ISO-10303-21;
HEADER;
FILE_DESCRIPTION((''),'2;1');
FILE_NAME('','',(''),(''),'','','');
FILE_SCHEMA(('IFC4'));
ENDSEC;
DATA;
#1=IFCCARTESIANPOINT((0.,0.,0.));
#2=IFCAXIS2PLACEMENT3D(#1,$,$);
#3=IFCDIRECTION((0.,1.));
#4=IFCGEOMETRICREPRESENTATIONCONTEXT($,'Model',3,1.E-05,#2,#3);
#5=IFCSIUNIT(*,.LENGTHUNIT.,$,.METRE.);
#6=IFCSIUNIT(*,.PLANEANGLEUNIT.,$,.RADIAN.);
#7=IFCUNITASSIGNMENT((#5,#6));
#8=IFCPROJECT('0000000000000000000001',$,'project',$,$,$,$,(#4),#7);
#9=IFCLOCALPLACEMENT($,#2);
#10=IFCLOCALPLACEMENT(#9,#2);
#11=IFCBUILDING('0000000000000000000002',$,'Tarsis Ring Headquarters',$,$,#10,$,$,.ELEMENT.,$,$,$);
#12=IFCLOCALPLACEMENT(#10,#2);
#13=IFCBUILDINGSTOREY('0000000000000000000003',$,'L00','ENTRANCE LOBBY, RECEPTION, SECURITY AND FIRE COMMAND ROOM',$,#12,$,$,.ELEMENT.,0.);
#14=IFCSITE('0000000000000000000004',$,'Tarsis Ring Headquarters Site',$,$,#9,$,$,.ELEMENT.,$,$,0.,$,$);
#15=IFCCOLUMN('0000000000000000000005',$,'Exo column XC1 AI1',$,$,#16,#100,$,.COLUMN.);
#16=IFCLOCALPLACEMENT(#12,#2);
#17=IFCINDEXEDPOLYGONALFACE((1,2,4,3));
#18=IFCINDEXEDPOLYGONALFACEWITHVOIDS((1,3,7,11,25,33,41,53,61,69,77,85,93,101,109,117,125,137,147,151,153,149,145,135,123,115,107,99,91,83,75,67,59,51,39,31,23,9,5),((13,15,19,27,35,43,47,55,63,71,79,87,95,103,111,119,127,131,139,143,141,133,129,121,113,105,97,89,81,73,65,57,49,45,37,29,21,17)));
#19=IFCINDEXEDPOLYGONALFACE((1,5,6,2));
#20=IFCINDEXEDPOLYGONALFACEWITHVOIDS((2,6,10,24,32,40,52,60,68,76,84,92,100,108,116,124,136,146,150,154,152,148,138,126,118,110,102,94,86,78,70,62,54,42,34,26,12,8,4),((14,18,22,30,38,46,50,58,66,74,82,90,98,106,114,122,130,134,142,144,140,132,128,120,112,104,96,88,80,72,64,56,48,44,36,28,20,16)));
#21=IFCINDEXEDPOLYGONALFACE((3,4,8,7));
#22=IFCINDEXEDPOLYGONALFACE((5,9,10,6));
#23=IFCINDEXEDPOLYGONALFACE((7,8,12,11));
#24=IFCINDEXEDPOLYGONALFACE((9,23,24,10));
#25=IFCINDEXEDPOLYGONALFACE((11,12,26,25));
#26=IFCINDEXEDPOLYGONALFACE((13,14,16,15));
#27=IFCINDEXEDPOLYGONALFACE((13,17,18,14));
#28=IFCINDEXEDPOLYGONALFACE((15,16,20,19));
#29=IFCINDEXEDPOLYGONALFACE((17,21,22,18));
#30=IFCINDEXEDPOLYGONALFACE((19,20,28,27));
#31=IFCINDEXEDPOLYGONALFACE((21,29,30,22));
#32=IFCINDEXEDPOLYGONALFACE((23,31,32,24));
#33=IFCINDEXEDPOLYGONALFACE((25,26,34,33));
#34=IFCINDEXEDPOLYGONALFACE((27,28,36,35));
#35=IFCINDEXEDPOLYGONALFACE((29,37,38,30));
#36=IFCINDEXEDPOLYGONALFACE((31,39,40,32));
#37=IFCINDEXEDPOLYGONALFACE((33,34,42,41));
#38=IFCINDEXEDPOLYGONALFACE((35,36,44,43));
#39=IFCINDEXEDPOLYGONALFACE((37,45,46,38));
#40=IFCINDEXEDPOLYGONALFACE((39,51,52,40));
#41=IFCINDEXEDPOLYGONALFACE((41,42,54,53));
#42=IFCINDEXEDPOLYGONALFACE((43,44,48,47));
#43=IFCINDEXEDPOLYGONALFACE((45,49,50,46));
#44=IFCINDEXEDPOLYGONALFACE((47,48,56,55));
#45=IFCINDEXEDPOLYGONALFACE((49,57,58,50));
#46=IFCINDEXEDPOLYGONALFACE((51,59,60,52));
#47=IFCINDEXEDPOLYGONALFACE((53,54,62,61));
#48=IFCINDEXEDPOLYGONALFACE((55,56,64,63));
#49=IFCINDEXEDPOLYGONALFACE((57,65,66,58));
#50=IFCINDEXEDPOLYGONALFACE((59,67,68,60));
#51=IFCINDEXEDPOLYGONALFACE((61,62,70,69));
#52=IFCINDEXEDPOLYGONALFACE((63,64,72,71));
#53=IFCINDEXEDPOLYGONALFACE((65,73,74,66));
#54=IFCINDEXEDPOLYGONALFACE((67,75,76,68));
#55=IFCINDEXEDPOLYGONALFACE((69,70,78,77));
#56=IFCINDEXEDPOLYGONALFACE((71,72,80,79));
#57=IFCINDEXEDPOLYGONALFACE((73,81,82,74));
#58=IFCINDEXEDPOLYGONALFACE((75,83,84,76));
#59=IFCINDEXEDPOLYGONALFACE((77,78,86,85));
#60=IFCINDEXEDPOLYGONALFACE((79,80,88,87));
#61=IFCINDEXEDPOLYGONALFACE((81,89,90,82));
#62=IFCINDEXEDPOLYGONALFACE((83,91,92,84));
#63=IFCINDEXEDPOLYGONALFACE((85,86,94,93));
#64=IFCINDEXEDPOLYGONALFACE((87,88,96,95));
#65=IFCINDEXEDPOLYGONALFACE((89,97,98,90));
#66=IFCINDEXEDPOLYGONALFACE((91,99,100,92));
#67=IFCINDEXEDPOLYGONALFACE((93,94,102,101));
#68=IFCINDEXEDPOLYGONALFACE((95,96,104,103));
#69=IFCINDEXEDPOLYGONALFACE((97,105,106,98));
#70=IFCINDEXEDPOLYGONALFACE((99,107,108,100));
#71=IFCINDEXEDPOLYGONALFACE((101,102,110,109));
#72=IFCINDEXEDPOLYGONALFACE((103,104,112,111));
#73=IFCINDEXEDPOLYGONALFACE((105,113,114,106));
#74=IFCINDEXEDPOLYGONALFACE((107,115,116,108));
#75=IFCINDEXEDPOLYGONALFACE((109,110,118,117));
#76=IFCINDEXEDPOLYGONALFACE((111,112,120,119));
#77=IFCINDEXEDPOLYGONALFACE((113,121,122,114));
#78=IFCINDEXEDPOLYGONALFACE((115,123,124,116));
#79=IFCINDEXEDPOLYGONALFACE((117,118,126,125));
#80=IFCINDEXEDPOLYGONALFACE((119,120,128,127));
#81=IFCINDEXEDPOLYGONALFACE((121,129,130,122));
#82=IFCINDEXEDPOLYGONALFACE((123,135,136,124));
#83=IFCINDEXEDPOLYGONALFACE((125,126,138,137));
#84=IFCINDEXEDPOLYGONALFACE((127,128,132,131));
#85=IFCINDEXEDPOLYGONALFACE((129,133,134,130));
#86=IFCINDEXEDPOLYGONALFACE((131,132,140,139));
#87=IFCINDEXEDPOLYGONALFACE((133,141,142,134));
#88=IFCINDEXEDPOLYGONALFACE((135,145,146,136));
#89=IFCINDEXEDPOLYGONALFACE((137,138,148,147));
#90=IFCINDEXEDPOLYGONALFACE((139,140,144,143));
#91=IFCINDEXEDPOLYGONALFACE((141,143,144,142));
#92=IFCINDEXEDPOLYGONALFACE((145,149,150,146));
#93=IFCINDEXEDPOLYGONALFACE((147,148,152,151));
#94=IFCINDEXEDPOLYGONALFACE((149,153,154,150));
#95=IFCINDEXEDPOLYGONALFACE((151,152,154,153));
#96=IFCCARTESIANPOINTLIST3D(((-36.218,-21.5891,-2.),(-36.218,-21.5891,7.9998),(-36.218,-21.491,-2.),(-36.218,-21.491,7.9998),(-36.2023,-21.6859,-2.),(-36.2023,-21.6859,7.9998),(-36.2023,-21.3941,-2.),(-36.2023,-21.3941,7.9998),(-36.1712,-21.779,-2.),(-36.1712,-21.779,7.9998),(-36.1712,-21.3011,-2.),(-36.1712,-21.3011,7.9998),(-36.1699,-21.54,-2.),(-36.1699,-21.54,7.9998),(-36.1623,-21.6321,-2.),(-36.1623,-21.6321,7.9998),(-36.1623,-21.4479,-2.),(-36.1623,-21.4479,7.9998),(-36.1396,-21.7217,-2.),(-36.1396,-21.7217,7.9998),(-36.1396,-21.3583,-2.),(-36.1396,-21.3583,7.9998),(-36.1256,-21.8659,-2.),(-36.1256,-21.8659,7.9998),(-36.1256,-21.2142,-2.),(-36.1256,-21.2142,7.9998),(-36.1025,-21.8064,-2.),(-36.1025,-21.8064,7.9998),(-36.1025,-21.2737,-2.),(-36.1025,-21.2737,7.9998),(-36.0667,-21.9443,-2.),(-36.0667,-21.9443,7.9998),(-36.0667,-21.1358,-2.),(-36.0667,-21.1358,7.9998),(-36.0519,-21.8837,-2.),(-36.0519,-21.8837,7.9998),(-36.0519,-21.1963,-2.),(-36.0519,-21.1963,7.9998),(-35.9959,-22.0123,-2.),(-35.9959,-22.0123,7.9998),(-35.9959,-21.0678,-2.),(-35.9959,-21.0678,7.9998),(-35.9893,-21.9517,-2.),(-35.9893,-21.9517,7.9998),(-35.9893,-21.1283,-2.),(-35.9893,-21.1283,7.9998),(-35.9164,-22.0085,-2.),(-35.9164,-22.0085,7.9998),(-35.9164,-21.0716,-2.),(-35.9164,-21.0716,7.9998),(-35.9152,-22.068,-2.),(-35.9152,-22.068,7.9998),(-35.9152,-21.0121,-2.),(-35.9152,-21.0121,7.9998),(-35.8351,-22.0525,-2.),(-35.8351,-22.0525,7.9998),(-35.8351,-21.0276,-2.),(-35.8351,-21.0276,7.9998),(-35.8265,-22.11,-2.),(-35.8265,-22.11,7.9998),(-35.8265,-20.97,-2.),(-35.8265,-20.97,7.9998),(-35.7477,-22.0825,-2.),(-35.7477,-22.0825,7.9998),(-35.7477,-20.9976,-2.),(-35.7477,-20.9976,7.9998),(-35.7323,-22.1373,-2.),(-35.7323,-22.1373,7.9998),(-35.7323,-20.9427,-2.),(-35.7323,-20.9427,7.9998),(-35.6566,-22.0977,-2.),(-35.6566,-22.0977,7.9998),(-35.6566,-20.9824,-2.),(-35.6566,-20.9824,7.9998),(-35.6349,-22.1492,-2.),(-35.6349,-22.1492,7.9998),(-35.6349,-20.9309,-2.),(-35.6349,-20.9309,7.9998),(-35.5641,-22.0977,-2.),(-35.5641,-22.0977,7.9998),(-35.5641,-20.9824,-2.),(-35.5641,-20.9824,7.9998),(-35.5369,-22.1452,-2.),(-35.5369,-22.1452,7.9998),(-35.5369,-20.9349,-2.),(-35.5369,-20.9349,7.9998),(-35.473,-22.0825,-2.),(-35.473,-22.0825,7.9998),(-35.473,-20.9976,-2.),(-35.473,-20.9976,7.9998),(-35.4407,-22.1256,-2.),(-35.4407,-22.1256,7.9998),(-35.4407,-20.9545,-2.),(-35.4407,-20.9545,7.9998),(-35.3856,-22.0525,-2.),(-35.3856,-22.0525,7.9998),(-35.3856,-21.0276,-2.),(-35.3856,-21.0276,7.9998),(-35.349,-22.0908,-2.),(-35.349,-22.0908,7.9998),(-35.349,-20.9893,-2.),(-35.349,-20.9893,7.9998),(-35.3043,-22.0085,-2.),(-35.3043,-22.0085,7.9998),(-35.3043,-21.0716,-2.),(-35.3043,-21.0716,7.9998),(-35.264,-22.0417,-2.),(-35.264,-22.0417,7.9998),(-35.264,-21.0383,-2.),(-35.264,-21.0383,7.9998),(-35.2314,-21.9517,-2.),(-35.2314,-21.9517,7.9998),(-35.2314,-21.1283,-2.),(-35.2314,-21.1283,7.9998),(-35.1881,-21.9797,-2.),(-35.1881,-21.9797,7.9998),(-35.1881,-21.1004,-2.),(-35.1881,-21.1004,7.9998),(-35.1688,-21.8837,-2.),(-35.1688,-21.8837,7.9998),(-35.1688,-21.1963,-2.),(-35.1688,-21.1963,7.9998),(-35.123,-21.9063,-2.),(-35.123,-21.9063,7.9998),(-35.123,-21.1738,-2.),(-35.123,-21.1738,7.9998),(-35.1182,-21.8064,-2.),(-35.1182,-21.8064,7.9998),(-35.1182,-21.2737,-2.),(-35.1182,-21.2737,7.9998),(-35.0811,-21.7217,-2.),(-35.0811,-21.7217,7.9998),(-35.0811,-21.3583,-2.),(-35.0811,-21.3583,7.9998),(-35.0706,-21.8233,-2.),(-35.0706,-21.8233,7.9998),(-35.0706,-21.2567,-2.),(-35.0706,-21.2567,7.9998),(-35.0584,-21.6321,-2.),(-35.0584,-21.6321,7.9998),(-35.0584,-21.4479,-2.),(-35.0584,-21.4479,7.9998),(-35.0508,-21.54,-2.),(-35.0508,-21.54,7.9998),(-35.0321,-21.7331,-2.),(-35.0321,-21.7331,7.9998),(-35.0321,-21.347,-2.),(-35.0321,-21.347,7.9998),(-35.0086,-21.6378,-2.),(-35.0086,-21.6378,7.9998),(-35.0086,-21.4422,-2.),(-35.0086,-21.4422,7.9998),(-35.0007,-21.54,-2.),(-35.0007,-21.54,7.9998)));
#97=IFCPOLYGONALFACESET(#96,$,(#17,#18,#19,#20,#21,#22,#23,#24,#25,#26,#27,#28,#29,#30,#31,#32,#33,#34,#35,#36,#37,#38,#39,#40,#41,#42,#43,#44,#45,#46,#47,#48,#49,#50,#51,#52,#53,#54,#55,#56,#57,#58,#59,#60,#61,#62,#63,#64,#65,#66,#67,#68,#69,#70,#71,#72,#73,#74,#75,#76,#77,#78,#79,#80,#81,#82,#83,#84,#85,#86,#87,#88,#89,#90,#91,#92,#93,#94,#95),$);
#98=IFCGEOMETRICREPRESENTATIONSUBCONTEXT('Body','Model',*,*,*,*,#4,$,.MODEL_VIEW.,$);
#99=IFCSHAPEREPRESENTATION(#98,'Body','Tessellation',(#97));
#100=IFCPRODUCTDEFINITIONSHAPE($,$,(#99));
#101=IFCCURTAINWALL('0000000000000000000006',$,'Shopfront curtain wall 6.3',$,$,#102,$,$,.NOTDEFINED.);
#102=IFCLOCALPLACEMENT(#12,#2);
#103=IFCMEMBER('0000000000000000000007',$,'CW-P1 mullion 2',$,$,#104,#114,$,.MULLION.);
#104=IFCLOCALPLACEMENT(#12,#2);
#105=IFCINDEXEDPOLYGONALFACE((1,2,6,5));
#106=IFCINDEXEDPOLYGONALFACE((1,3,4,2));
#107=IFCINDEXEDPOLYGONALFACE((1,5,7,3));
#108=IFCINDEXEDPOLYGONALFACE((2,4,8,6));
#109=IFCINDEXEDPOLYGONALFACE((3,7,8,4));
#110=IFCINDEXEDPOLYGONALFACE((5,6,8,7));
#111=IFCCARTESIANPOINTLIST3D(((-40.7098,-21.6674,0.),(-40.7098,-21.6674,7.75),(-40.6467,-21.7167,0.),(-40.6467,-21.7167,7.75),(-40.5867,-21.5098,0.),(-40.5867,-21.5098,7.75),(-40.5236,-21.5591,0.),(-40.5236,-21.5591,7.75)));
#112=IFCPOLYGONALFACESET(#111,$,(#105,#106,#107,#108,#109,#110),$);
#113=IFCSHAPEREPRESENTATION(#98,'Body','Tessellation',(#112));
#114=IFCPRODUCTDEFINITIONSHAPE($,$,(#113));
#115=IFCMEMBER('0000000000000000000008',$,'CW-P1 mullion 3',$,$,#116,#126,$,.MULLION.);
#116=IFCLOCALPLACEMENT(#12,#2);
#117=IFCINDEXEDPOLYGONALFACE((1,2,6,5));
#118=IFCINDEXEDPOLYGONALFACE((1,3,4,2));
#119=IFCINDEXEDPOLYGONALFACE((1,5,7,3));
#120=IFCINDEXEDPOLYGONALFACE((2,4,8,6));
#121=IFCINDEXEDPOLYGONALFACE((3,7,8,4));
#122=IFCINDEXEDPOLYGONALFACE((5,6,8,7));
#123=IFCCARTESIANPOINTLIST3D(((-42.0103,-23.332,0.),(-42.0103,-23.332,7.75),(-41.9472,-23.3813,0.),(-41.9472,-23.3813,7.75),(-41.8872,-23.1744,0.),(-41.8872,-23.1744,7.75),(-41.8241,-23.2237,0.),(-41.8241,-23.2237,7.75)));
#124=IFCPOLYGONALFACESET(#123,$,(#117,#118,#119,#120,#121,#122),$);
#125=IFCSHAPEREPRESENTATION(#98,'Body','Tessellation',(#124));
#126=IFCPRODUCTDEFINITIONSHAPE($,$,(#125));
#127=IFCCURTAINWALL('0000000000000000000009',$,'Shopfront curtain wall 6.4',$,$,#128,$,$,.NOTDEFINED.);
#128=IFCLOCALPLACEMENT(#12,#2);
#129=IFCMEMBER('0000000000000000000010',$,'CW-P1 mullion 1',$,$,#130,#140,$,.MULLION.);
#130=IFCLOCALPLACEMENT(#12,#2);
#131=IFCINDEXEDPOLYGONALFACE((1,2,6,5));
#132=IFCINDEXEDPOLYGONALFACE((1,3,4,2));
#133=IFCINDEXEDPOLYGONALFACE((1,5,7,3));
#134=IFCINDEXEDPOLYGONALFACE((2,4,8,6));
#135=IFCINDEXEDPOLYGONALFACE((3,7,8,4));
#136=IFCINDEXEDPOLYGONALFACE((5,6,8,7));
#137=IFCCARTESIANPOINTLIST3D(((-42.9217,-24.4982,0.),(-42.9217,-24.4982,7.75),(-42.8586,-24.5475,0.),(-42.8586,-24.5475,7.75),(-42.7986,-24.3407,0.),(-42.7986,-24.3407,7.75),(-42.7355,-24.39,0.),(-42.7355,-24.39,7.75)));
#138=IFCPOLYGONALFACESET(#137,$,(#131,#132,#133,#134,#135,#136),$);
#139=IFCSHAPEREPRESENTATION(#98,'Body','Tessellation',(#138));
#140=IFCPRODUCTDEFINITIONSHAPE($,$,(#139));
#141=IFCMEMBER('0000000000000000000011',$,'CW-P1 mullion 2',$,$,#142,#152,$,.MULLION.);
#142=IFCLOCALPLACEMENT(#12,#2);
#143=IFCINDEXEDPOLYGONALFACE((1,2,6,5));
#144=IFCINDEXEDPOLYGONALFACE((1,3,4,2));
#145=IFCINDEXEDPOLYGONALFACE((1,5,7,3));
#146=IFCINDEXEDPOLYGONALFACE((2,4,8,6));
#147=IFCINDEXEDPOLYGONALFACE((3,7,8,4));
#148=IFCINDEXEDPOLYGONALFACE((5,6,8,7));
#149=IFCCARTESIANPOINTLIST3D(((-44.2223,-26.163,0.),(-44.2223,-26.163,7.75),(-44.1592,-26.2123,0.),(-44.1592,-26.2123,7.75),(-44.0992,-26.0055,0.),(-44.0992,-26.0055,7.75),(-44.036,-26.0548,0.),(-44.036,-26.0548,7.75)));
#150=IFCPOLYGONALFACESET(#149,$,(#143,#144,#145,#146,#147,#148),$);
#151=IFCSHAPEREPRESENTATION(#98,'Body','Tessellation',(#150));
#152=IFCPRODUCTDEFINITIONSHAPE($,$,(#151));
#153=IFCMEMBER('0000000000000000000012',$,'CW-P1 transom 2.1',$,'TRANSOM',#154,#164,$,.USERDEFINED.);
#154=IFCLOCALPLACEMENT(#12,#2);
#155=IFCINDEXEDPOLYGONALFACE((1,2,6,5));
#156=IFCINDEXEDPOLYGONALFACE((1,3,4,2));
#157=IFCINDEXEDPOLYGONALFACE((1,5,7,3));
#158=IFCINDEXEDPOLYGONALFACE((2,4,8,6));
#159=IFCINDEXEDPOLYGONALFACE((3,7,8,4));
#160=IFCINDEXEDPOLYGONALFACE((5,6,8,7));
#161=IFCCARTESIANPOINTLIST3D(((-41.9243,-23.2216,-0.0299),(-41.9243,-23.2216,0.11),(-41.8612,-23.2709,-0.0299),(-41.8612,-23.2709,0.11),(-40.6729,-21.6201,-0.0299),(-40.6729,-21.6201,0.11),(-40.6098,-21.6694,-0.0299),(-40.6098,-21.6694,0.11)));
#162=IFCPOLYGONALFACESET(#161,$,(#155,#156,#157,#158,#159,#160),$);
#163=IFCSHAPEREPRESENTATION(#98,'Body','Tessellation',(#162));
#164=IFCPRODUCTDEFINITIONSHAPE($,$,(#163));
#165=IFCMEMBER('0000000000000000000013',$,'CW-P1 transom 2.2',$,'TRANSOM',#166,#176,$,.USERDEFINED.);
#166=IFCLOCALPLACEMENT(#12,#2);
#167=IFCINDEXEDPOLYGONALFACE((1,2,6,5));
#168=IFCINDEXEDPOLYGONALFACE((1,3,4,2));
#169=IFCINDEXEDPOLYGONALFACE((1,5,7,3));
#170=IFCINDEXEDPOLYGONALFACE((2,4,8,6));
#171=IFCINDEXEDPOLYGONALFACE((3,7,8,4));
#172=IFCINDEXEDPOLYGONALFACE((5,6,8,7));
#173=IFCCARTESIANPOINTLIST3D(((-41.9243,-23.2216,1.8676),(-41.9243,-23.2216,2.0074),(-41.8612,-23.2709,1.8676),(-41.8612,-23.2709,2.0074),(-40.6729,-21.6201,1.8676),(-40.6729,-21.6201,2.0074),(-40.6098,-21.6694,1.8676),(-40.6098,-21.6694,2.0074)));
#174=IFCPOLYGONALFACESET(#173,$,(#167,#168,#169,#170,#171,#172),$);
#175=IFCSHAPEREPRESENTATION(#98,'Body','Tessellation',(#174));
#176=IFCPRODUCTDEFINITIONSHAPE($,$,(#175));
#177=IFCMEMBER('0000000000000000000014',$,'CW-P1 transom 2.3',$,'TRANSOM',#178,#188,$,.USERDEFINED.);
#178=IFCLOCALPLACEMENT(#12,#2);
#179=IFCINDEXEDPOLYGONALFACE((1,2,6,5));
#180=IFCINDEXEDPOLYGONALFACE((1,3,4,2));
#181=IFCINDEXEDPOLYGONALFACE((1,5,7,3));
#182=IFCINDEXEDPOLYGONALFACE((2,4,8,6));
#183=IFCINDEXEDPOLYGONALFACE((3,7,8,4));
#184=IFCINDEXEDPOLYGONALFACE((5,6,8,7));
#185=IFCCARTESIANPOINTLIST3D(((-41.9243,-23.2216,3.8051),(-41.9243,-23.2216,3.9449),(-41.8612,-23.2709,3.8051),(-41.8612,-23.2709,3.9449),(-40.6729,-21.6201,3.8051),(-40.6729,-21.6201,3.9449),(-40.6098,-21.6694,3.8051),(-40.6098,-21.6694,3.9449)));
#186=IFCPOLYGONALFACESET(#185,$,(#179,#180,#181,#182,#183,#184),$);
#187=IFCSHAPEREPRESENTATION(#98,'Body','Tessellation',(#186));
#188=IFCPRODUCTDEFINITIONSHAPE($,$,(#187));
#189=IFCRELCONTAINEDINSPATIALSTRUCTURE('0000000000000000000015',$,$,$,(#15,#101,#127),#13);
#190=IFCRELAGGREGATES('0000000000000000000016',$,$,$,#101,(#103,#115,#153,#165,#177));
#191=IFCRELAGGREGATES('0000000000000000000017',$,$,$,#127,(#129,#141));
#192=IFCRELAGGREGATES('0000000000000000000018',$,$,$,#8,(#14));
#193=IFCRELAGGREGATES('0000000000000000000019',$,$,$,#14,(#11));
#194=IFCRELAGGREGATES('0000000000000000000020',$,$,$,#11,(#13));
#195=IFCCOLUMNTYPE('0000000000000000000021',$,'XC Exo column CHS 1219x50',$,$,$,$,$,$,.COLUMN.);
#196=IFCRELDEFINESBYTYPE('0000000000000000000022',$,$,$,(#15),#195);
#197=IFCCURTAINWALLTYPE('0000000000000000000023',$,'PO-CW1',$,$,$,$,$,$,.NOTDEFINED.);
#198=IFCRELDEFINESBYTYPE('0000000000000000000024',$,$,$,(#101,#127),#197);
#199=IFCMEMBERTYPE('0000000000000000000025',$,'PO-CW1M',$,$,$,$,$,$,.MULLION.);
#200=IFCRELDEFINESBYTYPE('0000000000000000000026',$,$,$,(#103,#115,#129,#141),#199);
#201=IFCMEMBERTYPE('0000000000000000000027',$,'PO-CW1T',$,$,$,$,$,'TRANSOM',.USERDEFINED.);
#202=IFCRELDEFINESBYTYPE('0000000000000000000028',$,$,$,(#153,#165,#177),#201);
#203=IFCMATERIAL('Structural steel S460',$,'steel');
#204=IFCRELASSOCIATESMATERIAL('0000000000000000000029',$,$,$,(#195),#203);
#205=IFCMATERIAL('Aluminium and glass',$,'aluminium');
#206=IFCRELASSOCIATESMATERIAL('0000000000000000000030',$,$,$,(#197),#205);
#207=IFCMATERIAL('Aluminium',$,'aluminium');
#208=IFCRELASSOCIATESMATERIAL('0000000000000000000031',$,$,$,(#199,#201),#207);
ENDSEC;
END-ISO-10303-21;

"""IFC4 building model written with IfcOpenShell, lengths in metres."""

from ifc_helpers import new_model, si_unit, direction, frame, origin, origin_2d, place, context, subcontext, project, spatial, rectangle, hollow_circle, extrude, material, material_profile, profile_set, type_object, element, aggregate, save


model = new_model("IFC4")

# Units and contexts
model_context = context("Model", 3, precision=1e-05, world=origin(), true_north=direction((0.0, 1.0)))
body_context = subcontext(model_context, "Body", "Model", "MODEL_VIEW")
ifc_project = project(units=[si_unit("LENGTHUNIT", "METRE"), si_unit("PLANEANGLEUNIT", "RADIAN")], contexts=[model_context])

# Site, building, storey
site_placement = place(None, origin())
site = spatial("IfcSite", under=ifc_project, at=site_placement, Name="Tarsis Ring Headquarters Site", CompositionType="ELEMENT", RefElevation=0.0)
building_placement = place(site_placement, origin())
building = spatial("IfcBuilding", under=site, at=building_placement, Name="Tarsis Ring Headquarters", CompositionType="ELEMENT")
storey_placement = place(building_placement, origin())
storey = spatial("IfcBuildingStorey", under=building, at=storey_placement, Name="L00", Description="ENTRANCE LOBBY, RECEPTION, SECURITY AND FIRE COMMAND ROOM", CompositionType="ELEMENT", Elevation=0.0)

# Column
ifc_material_1 = material(Name="Structural steel S460", Category="steel")
ifc_material_profile_1 = material_profile(ifc_material_1, hollow_circle(Radius=0.6096, WallThickness=0.05, at=origin_2d()), Name="CHS 1219x50")
ifc_profile_set_1 = profile_set([ifc_material_profile_1], Name="Structural steel S460")
column_type_1 = type_object("IfcColumnType", Name="XC Exo column CHS 1219x50", PredefinedType="COLUMN", material=ifc_profile_set_1)
column_1_placement = place(storey_placement, frame((-35.6104, -21.54, -2.0), z_axis=(0.0, 0.0, 1.0), x_axis=(1.0, 0.0, 0.0)))
element("IfcColumn", 1, at=column_1_placement, inside=storey, type_object=column_type_1, Name="Exo column XC1 AI1", PredefinedType="COLUMN", context=body_context, shape_type="SweptSolid", body=[
    extrude(hollow_circle(Radius=0.6096, WallThickness=0.05, at=origin_2d()), origin(), (0.0, 0.0, 1.0), 9.9998),
])

# Curtain walls, members
ifc_material_2 = material(Name="Aluminium and glass", Category="aluminium")
curtain_wall_type = type_object("IfcCurtainWallType", Name="PO-CW1", PredefinedType="NOTDEFINED", material=ifc_material_2)
curtain_wall_1_placement = place(storey_placement, origin())
curtain_wall_1 = element("IfcCurtainWall", 2, at=curtain_wall_1_placement, inside=storey, type_object=curtain_wall_type, Name="Shopfront curtain wall 6.3", PredefinedType="NOTDEFINED")
ifc_material_3 = material(Name="Aluminium", Category="aluminium")
ifc_material_profile_2 = material_profile(ifc_material_3, rectangle(XDim=0.0801, YDim=0.2, at=origin_2d()), Name="PO-CW1M")
ifc_profile_set_2 = profile_set([ifc_material_profile_2], Name="Aluminium")
member_type_1 = type_object("IfcMemberType", Name="PO-CW1M", PredefinedType="MULLION", material=ifc_profile_set_2)
member_1_placement = place(storey_placement, frame((-40.6167, -21.6133, 0.0), z_axis=(0.0, 0.0, 1.0), x_axis=(0.788011, -0.615662, 0.0)))
member_1 = element("IfcMember", 3, at=member_1_placement, type_object=member_type_1, Name="CW-P1 mullion 2", PredefinedType="MULLION", context=body_context, shape_type="SweptSolid", body=[
    extrude(rectangle(XDim=0.0801, YDim=0.2, at=origin_2d()), origin(), (0.0, 0.0, 1.0), 7.75),
])
member_2_placement = place(storey_placement, frame((-41.9172, -23.2778, 0.0), z_axis=(0.0, 0.0, 1.0), x_axis=(0.788011, -0.615662, 0.0)))
member_2 = element("IfcMember", 4, at=member_2_placement, type_object=member_type_1, Name="CW-P1 mullion 3", PredefinedType="MULLION", context=body_context, shape_type="SweptSolid", body=[
    extrude(rectangle(XDim=0.0801, YDim=0.2, at=origin_2d()), origin(), (0.0, 0.0, 1.0), 7.75),
])
curtain_wall_2_placement = place(storey_placement, origin())
curtain_wall_2 = element("IfcCurtainWall", 5, at=curtain_wall_2_placement, inside=storey, type_object=curtain_wall_type, Name="Shopfront curtain wall 6.4", PredefinedType="NOTDEFINED")
member_3_placement = place(storey_placement, frame((-42.8286, -24.4441, 0.0), z_axis=(0.0, 0.0, 1.0), x_axis=(0.788011, -0.615661, 0.0)))
member_3 = element("IfcMember", 6, at=member_3_placement, type_object=member_type_1, Name="CW-P1 mullion 1", PredefinedType="MULLION", context=body_context, shape_type="SweptSolid", body=[
    extrude(rectangle(XDim=0.0801, YDim=0.2, at=origin_2d()), origin(), (0.0, 0.0, 1.0), 7.75),
])
member_4_placement = place(storey_placement, frame((-44.1292, -26.1089, 0.0), z_axis=(0.0, 0.0, 1.0), x_axis=(0.788011, -0.615661, 0.0)))
member_4 = element("IfcMember", 7, at=member_4_placement, type_object=member_type_1, Name="CW-P1 mullion 2", PredefinedType="MULLION", context=body_context, shape_type="SweptSolid", body=[
    extrude(rectangle(XDim=0.0801, YDim=0.2, at=origin_2d()), origin(), (0.0, 0.0, 1.0), 7.75),
])

# Members
ifc_material_profile_3 = material_profile(ifc_material_3, rectangle(XDim=0.0801, YDim=0.1399, at=origin_2d()), Name="PO-CW1T")
ifc_profile_set_3 = profile_set([ifc_material_profile_3], Name="Aluminium")
member_type_2 = type_object("IfcMemberType", Name="PO-CW1T", ElementType="TRANSOM", PredefinedType="USERDEFINED", material=ifc_profile_set_3)
member_5_placement = place(storey_placement, frame((-40.6414, -21.6448, 0.04), z_axis=(-0.615719, -0.787966, 0.0), x_axis=(0.787966, -0.615719, 0.0)))
member_5 = element("IfcMember", 8, at=member_5_placement, type_object=member_type_2, Name="CW-P1 transom 2.1", ObjectType="TRANSOM", PredefinedType="USERDEFINED", context=body_context, shape_type="SweptSolid", body=[
    extrude(rectangle(XDim=0.0801, YDim=0.1399, at=origin_2d()), origin(), (0.0, 0.0, 1.0), 2.0325),
])
member_6_placement = place(storey_placement, frame((-40.6414, -21.6448, 1.9375), z_axis=(-0.615719, -0.787966, 0.0), x_axis=(0.787966, -0.615719, 0.0)))
member_6 = element("IfcMember", 9, at=member_6_placement, type_object=member_type_2, Name="CW-P1 transom 2.2", ObjectType="TRANSOM", PredefinedType="USERDEFINED", context=body_context, shape_type="SweptSolid", body=[
    extrude(rectangle(XDim=0.0801, YDim=0.1399, at=origin_2d()), origin(), (0.0, 0.0, 1.0), 2.0325),
])
member_7_placement = place(storey_placement, frame((-40.6414, -21.6448, 3.875), z_axis=(-0.615719, -0.787966, 0.0), x_axis=(0.787966, -0.615719, 0.0)))
member_7 = element("IfcMember", 10, at=member_7_placement, type_object=member_type_2, Name="CW-P1 transom 2.3", ObjectType="TRANSOM", PredefinedType="USERDEFINED", context=body_context, shape_type="SweptSolid", body=[
    extrude(rectangle(XDim=0.0801, YDim=0.1399, at=origin_2d()), origin(), (0.0, 0.0, 1.0), 2.0325),
])

aggregate(curtain_wall_1, [member_1, member_2, member_5, member_6, member_7])
aggregate(curtain_wall_2, [member_3, member_4])

save(model, "model.ifc")
